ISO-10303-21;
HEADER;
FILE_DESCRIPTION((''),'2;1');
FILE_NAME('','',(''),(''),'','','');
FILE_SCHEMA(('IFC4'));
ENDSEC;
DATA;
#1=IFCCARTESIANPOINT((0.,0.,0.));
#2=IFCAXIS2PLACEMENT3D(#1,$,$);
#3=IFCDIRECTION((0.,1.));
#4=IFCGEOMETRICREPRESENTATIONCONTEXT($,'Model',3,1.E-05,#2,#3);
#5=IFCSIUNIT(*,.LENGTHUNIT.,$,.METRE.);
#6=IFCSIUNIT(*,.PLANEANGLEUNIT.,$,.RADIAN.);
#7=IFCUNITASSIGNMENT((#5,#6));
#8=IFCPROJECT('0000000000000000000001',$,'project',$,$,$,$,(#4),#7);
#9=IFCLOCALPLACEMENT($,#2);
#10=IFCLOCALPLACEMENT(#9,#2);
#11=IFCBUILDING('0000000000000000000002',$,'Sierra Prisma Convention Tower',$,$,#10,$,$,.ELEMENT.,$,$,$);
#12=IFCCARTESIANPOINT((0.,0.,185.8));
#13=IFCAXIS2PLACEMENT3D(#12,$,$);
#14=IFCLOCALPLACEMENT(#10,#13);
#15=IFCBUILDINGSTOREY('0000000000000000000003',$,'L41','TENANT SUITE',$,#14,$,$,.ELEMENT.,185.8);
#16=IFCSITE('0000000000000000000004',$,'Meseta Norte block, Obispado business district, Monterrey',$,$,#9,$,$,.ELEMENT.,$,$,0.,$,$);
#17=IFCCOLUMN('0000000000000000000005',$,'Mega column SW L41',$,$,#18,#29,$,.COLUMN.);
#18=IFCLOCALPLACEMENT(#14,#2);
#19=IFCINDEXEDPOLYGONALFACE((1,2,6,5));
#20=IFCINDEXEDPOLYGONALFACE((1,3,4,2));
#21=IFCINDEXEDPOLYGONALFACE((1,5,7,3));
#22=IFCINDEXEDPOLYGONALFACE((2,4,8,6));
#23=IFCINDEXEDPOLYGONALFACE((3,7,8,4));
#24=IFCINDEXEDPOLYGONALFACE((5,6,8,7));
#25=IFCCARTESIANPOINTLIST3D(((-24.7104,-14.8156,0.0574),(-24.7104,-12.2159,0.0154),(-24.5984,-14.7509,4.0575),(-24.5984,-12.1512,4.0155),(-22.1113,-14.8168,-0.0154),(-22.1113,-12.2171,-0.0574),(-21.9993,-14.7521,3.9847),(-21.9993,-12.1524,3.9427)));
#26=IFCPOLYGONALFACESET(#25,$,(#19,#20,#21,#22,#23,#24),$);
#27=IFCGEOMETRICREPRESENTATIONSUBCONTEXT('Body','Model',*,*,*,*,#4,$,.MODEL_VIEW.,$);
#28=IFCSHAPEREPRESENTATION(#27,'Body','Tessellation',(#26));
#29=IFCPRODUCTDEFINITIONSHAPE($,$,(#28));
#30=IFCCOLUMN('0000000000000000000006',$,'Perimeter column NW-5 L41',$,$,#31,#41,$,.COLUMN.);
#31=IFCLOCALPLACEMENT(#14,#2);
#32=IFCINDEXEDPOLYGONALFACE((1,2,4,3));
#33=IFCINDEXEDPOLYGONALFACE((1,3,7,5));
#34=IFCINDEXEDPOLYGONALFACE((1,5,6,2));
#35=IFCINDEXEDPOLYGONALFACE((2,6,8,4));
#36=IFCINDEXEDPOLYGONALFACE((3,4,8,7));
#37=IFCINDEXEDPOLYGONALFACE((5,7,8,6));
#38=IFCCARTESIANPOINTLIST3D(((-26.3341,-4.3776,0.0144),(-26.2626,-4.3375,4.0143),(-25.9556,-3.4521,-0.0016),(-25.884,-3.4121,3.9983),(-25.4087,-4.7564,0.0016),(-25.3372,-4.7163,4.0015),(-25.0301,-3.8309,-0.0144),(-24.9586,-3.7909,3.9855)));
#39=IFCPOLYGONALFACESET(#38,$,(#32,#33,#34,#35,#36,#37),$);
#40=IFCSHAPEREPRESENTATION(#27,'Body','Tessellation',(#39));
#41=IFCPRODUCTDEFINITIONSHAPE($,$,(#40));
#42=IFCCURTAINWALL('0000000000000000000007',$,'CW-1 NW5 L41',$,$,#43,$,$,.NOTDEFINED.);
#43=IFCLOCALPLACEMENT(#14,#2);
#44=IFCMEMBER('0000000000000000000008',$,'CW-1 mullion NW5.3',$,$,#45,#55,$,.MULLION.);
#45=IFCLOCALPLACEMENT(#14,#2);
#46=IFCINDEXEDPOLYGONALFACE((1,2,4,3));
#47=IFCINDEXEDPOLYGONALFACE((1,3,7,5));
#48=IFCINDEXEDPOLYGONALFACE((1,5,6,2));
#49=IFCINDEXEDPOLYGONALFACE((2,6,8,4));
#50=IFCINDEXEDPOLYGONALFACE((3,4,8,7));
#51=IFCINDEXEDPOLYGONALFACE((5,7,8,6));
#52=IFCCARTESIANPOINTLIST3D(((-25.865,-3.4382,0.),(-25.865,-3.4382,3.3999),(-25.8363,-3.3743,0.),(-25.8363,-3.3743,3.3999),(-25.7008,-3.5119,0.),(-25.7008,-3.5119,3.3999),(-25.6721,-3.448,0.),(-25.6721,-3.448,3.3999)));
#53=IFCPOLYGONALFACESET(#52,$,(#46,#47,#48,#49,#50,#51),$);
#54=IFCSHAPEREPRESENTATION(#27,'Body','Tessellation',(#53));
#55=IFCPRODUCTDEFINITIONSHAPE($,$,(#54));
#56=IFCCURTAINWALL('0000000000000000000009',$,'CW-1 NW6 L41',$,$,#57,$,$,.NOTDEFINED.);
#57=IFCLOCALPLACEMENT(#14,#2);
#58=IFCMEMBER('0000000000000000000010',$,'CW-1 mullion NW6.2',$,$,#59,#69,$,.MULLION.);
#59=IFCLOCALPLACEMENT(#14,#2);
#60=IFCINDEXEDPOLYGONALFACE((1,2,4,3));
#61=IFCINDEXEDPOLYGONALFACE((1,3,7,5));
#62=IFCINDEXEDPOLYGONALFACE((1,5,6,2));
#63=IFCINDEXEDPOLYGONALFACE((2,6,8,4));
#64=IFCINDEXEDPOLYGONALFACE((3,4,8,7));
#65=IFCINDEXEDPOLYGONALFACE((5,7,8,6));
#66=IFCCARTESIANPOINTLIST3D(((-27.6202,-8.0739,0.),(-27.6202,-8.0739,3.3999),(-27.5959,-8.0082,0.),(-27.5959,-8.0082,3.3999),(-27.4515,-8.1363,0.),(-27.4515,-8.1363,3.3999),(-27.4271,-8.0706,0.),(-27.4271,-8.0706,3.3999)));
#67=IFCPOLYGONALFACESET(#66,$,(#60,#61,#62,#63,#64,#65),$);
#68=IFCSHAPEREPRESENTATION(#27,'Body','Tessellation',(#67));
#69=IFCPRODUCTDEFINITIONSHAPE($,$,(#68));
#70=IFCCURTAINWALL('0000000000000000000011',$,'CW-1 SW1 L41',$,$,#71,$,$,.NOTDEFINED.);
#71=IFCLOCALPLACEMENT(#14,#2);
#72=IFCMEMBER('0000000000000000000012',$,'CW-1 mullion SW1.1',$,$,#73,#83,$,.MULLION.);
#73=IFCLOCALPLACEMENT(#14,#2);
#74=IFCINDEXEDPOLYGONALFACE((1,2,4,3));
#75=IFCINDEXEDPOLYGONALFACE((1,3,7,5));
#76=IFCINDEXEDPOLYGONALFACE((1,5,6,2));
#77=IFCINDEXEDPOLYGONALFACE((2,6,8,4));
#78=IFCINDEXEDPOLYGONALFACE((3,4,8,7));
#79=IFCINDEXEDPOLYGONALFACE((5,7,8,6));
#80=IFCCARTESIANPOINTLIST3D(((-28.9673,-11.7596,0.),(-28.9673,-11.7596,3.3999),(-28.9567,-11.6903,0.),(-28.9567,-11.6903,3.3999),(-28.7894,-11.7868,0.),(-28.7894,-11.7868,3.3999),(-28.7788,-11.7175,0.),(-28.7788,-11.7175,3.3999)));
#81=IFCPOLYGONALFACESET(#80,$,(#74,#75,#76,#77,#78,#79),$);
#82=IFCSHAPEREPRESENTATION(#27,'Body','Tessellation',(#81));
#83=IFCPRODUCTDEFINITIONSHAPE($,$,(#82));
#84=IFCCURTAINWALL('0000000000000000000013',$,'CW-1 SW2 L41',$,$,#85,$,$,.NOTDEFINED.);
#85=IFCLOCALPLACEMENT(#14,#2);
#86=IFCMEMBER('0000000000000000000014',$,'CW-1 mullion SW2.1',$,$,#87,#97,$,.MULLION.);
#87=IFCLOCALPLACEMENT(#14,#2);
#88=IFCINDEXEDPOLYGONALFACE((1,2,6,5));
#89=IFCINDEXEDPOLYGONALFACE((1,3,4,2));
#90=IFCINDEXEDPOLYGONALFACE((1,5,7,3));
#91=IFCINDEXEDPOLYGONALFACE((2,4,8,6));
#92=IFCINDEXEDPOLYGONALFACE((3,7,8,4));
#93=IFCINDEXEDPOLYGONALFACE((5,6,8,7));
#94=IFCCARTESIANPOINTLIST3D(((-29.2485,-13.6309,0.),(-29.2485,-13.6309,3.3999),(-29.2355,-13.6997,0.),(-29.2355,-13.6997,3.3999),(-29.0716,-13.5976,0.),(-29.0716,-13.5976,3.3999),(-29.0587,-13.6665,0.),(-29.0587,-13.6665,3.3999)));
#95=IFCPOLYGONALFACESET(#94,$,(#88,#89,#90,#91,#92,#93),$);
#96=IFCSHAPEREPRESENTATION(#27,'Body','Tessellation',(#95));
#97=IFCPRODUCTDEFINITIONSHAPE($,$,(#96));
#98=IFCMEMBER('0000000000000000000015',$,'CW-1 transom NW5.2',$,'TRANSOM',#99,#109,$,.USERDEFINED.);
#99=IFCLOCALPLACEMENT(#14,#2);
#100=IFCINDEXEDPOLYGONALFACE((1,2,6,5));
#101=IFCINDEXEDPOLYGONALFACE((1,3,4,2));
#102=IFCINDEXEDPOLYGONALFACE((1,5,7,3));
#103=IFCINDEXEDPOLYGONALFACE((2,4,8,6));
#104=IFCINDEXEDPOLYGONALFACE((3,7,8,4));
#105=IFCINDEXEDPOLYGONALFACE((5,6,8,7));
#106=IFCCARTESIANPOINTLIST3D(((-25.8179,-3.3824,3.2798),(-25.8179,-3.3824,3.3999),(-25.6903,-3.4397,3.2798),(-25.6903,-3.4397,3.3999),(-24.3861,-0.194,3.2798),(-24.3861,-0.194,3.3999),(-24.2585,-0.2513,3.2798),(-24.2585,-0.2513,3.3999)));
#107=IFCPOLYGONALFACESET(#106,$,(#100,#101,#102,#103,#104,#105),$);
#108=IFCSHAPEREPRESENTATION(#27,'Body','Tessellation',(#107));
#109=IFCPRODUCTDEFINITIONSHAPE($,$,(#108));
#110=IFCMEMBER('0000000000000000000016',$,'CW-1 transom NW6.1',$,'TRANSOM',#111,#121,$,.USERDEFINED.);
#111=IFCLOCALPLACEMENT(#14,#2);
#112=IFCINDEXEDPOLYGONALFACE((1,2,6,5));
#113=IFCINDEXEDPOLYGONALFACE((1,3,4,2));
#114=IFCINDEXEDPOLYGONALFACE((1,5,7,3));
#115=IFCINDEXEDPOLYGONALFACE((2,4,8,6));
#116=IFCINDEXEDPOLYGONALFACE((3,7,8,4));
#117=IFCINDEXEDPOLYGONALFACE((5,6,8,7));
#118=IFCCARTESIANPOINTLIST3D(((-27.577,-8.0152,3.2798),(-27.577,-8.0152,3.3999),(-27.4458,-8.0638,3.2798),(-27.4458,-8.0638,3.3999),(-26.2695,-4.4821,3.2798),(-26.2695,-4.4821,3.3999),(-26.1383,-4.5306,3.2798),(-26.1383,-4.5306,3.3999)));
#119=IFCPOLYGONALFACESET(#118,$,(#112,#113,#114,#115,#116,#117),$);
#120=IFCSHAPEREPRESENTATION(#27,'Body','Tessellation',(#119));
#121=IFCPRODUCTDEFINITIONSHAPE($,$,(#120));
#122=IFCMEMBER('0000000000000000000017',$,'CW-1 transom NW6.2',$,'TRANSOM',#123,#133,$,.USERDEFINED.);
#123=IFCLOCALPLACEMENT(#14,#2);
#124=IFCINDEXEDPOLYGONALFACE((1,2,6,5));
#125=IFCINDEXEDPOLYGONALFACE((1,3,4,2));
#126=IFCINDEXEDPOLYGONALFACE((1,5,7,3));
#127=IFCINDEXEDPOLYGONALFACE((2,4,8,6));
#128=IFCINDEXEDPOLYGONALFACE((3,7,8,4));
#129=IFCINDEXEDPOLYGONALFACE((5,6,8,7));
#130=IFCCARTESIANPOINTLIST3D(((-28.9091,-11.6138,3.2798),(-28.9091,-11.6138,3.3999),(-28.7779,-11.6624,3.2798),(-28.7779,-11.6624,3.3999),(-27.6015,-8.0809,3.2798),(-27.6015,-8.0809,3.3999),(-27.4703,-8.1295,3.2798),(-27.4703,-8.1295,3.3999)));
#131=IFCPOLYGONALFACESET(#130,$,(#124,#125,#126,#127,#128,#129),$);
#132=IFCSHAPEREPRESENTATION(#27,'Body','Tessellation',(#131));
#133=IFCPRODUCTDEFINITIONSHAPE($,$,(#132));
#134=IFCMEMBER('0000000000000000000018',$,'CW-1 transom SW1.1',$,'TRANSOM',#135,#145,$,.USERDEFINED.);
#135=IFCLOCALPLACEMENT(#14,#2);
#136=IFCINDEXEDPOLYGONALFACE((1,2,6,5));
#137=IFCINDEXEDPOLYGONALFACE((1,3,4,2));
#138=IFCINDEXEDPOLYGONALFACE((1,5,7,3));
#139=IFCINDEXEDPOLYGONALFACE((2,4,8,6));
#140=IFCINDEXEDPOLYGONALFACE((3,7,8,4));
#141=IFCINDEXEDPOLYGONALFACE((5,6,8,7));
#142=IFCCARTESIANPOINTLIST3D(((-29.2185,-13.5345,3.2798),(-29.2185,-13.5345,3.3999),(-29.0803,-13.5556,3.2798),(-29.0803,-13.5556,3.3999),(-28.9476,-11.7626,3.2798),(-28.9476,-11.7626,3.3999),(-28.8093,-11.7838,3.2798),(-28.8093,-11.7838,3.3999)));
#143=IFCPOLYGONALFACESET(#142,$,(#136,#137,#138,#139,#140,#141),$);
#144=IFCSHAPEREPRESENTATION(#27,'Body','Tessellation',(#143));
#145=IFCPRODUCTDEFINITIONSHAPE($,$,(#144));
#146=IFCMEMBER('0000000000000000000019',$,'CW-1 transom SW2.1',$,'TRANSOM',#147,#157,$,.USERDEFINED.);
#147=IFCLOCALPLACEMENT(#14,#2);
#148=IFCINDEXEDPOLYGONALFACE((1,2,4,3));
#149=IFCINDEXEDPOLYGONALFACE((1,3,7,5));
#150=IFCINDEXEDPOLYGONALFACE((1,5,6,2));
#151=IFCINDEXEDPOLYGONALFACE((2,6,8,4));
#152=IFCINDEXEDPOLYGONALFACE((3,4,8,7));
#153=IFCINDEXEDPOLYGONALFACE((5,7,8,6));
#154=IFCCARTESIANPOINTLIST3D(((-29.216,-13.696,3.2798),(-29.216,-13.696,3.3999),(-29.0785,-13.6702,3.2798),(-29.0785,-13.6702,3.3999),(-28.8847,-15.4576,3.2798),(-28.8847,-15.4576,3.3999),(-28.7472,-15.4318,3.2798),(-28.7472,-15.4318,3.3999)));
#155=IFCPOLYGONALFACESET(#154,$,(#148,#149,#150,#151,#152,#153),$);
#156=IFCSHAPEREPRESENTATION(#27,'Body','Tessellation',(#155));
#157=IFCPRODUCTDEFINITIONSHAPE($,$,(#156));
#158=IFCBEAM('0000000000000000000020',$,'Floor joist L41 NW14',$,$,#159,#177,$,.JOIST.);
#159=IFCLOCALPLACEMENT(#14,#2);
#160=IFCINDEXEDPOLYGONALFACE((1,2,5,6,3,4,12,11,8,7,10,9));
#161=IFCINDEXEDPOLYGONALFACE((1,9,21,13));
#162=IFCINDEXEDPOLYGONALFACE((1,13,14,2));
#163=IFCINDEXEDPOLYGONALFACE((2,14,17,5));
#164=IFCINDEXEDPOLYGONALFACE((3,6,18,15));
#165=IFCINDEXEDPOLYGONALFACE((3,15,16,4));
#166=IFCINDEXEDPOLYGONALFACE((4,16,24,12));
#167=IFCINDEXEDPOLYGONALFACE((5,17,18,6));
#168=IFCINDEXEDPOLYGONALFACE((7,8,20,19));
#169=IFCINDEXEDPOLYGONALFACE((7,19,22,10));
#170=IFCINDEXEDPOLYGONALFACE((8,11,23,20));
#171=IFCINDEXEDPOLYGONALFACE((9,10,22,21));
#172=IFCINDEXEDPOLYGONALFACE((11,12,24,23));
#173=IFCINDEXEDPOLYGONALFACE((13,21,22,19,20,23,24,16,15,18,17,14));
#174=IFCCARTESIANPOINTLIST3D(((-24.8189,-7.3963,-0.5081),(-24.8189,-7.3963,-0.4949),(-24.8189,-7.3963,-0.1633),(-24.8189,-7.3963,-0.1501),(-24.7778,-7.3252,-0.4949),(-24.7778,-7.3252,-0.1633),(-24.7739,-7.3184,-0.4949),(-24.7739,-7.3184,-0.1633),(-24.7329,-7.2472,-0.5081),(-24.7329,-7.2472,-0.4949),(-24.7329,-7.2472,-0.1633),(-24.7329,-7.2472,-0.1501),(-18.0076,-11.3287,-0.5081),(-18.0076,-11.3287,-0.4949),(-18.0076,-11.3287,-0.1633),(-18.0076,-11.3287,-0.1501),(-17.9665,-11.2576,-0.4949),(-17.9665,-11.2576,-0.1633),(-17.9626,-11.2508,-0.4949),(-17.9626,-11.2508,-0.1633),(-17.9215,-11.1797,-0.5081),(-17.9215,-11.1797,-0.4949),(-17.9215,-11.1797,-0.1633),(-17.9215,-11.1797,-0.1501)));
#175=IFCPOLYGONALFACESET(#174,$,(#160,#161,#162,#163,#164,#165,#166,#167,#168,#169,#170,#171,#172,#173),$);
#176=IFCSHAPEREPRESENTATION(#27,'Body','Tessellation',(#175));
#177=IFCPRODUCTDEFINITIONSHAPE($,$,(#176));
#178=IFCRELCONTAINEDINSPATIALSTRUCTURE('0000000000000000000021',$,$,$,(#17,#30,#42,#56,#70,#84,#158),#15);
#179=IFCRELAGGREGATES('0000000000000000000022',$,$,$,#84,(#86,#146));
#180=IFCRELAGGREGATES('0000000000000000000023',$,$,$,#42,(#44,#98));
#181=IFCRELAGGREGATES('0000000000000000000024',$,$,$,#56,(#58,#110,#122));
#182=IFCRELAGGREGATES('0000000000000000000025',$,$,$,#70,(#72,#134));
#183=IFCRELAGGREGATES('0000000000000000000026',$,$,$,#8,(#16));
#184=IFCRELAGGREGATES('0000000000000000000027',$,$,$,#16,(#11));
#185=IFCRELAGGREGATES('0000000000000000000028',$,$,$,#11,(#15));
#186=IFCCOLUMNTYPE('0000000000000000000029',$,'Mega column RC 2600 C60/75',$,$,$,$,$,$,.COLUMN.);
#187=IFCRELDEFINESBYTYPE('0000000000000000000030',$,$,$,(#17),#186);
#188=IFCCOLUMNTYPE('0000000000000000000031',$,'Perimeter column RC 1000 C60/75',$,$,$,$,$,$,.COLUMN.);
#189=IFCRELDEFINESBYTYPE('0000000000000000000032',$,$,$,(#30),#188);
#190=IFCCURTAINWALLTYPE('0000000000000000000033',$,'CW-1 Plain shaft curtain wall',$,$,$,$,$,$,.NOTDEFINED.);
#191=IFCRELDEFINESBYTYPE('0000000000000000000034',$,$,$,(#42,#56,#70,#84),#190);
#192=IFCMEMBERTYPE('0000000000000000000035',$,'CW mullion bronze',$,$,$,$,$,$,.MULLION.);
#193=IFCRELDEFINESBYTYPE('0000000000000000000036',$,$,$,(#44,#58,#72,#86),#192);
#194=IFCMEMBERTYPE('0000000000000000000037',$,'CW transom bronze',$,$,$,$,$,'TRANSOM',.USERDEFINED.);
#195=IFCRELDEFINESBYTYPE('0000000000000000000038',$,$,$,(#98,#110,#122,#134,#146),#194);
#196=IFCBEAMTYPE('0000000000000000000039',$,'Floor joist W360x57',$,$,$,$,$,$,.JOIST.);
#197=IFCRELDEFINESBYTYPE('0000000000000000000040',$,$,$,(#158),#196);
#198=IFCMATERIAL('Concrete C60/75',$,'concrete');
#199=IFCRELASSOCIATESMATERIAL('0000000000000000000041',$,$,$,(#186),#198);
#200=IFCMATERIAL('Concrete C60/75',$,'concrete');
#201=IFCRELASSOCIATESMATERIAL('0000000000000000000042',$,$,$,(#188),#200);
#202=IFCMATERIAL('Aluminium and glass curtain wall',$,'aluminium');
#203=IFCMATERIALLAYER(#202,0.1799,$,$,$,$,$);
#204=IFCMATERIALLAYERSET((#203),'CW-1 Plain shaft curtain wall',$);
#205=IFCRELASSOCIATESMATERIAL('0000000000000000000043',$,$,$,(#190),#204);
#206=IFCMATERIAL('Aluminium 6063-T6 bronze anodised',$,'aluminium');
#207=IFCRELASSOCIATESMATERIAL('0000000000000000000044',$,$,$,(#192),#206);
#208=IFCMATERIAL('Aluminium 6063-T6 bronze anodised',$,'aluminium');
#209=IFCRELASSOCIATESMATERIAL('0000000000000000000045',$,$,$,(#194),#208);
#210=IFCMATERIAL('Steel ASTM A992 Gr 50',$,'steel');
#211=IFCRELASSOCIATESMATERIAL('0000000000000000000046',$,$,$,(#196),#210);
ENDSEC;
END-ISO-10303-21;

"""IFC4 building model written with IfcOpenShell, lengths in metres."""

from ifc_helpers import new_model, si_unit, direction, frame, origin, origin_2d, place, context, subcontext, project, spatial, rectangle, i_section, extrude, material, layer, layer_set, material_profile, profile_set, type_object, element, aggregate, save


model = new_model("IFC4")

# Units and contexts
model_context = context("Model", 3, precision=1e-05, world=origin(), true_north=direction((0.0, 1.0)))
body_context = subcontext(model_context, "Body", "Model", "MODEL_VIEW")
ifc_project = project(units=[si_unit("LENGTHUNIT", "METRE"), si_unit("PLANEANGLEUNIT", "RADIAN")], contexts=[model_context])

# Site, building, storey
site_placement = place(None, origin())
site = spatial("IfcSite", under=ifc_project, at=site_placement, Name="Meseta Norte block, Obispado business district, Monterrey", CompositionType="ELEMENT", RefElevation=0.0)
building_placement = place(site_placement, origin())
building = spatial("IfcBuilding", under=site, at=building_placement, Name="Sierra Prisma Convention Tower", CompositionType="ELEMENT")
storey_placement = place(building_placement, frame((0.0, 0.0, 185.8)))
storey = spatial("IfcBuildingStorey", under=building, at=storey_placement, Name="L41", Description="TENANT SUITE", CompositionType="ELEMENT", Elevation=185.8)

# Columns
ifc_material_1 = material(Name="Concrete C60/75", Category="concrete")
ifc_material_profile_1 = material_profile(ifc_material_1, rectangle(XDim=2.6001, YDim=2.6001, at=origin_2d()), Name="Mega column RC 2600 C60/75")
ifc_profile_set_1 = profile_set([ifc_material_profile_1], Name="Concrete C60/75")
column_type_1 = type_object("IfcColumnType", Name="Mega column RC 2600 C60/75", PredefinedType="COLUMN", material=ifc_profile_set_1)
column_1_placement = place(storey_placement, frame((-23.4109, -13.5164, 0.0), z_axis=(0.028, 0.016166, 0.999477), x_axis=(0.999608, -0.000453, -0.027997)))
element("IfcColumn", 1, at=column_1_placement, inside=storey, type_object=column_type_1, Name="Mega column SW L41", PredefinedType="COLUMN", context=body_context, shape_type="SweptSolid", body=[
    extrude(rectangle(XDim=2.6001, YDim=2.6001, at=origin_2d()), origin(), (0.0, 0.0, 1.0), 4.0022),
])
ifc_material_2 = material(Name="Concrete C60/75", Category="concrete")
ifc_material_profile_2 = material_profile(ifc_material_2, rectangle(XDim=1.0, YDim=1.0, at=origin_2d()), Name="Perimeter column RC 1000 C60/75")
ifc_profile_set_2 = profile_set([ifc_material_profile_2], Name="Concrete C60/75")
column_type_2 = type_object("IfcColumnType", Name="Perimeter column RC 1000 C60/75", PredefinedType="COLUMN", material=ifc_profile_set_2)
column_2_placement = place(storey_placement, frame((-25.6821, -4.1042, 0.0), z_axis=(0.01788, 0.010008, 0.99979), x_axis=(0.378559, 0.925438, -0.016033)))
element("IfcColumn", 2, at=column_2_placement, inside=storey, type_object=column_type_2, Name="Perimeter column NW-5 L41", PredefinedType="COLUMN", context=body_context, shape_type="SweptSolid", body=[
    extrude(rectangle(XDim=1.0, YDim=1.0, at=origin_2d()), origin(), (0.0, 0.0, 1.0), 4.0007),
])

# Curtain walls, members
ifc_material_3 = material(Name="Aluminium and glass curtain wall", Category="aluminium")
ifc_layer_1 = layer(ifc_material_3, 0.1799)
ifc_layer_set_1 = layer_set([ifc_layer_1], Name="CW-1 Plain shaft curtain wall")
curtain_wall_type = type_object("IfcCurtainWallType", Name="CW-1 Plain shaft curtain wall", PredefinedType="NOTDEFINED", material=ifc_layer_set_1)
curtain_wall_1_placement = place(storey_placement, origin())
curtain_wall_1 = element("IfcCurtainWall", 3, at=curtain_wall_1_placement, inside=storey, type_object=curtain_wall_type, Name="CW-1 NW5 L41", PredefinedType="NOTDEFINED")
ifc_material_4 = material(Name="Aluminium 6063-T6 bronze anodised", Category="aluminium")
ifc_material_profile_3 = material_profile(ifc_material_4, rectangle(XDim=0.1799, YDim=0.0701, at=origin_2d()), Name="ALU MULLION 70x180")
ifc_profile_set_3 = profile_set([ifc_material_profile_3], Name="Aluminium 6063-T6 bronze anodised")
member_type_1 = type_object("IfcMemberType", Name="CW mullion bronze", PredefinedType="MULLION", material=ifc_profile_set_3)
member_1_placement = place(storey_placement, frame((-25.7686, -3.4431, 0.0), z_axis=(0.0, 0.0, 1.0), x_axis=(0.912219, -0.409703, 0.0)))
member_1 = element("IfcMember", 4, at=member_1_placement, type_object=member_type_1, Name="CW-1 mullion NW5.3", PredefinedType="MULLION", context=body_context, shape_type="SweptSolid", body=[
    extrude(rectangle(XDim=0.1799, YDim=0.0701, at=origin_2d()), origin(), (0.0, 0.0, 1.0), 3.3999),
])
curtain_wall_2_placement = place(storey_placement, origin())
curtain_wall_2 = element("IfcCurtainWall", 5, at=curtain_wall_2_placement, inside=storey, type_object=curtain_wall_type, Name="CW-1 NW6 L41", PredefinedType="NOTDEFINED")
member_2_placement = place(storey_placement, frame((-27.5237, -8.0723, 0.0), z_axis=(0.0, 0.0, 1.0), x_axis=(0.937827, -0.347104, 0.0)))
member_2 = element("IfcMember", 6, at=member_2_placement, type_object=member_type_1, Name="CW-1 mullion NW6.2", PredefinedType="MULLION", context=body_context, shape_type="SweptSolid", body=[
    extrude(rectangle(XDim=0.1799, YDim=0.0701, at=origin_2d()), origin(), (0.0, 0.0, 1.0), 3.3999),
])
curtain_wall_3_placement = place(storey_placement, origin())
curtain_wall_3 = element("IfcCurtainWall", 7, at=curtain_wall_3_placement, inside=storey, type_object=curtain_wall_type, Name="CW-1 SW1 L41", PredefinedType="NOTDEFINED")
member_3_placement = place(storey_placement, frame((-28.873, -11.7385, 0.0), z_axis=(0.0, 0.0, 1.0), x_axis=(0.9885, -0.151224, 0.0)))
member_3 = element("IfcMember", 8, at=member_3_placement, type_object=member_type_1, Name="CW-1 mullion SW1.1", PredefinedType="MULLION", context=body_context, shape_type="SweptSolid", body=[
    extrude(rectangle(XDim=0.1799, YDim=0.0701, at=origin_2d()), origin(), (0.0, 0.0, 1.0), 3.3999),
])
curtain_wall_4_placement = place(storey_placement, origin())
curtain_wall_4 = element("IfcCurtainWall", 9, at=curtain_wall_4_placement, inside=storey, type_object=curtain_wall_type, Name="CW-1 SW2 L41", PredefinedType="NOTDEFINED")
member_4_placement = place(storey_placement, frame((-29.1536, -13.6487, 0.0), z_axis=(0.0, 0.0, 1.0), x_axis=(0.982771, 0.184827, 0.0)))
member_4 = element("IfcMember", 10, at=member_4_placement, type_object=member_type_1, Name="CW-1 mullion SW2.1", PredefinedType="MULLION", context=body_context, shape_type="SweptSolid", body=[
    extrude(rectangle(XDim=0.1799, YDim=0.0701, at=origin_2d()), origin(), (0.0, 0.0, 1.0), 3.3999),
])

# Members
ifc_material_5 = material(Name="Aluminium 6063-T6 bronze anodised", Category="aluminium")
ifc_material_profile_4 = material_profile(ifc_material_5, rectangle(XDim=0.1399, YDim=0.1201, at=origin_2d()), Name="ALU TRANSOM 120x140")
ifc_profile_set_4 = profile_set([ifc_material_profile_4], Name="Aluminium 6063-T6 bronze anodised")
member_type_2 = type_object("IfcMemberType", Name="CW transom bronze", ElementType="TRANSOM", PredefinedType="USERDEFINED", material=ifc_profile_set_4)
member_5_placement = place(storey_placement, frame((-24.3223, -0.2227, 3.3398), z_axis=(-0.409668, -0.912235, 0.0), x_axis=(0.912235, -0.409668, 0.0)))
member_5 = element("IfcMember", 11, at=member_5_placement, type_object=member_type_2, Name="CW-1 transom NW5.2", ObjectType="TRANSOM", PredefinedType="USERDEFINED", context=body_context, shape_type="SweptSolid", body=[
    extrude(rectangle(XDim=0.1399, YDim=0.1201, at=origin_2d()), origin(), (0.0, 0.0, 1.0), 3.4951),
])
member_6_placement = place(storey_placement, frame((-26.2039, -4.5063, 3.3398), z_axis=(-0.347086, -0.937833, 0.0), x_axis=(0.937833, -0.347086, 0.0)))
member_6 = element("IfcMember", 12, at=member_6_placement, type_object=member_type_2, Name="CW-1 transom NW6.1", ObjectType="TRANSOM", PredefinedType="USERDEFINED", context=body_context, shape_type="SweptSolid", body=[
    extrude(rectangle(XDim=0.1399, YDim=0.1201, at=origin_2d()), origin(), (0.0, 0.0, 1.0), 3.7673),
])
member_7_placement = place(storey_placement, frame((-27.5359, -8.1052, 3.3398), z_axis=(-0.347107, -0.937825, 0.0), x_axis=(0.937825, -0.347107, 0.0)))
member_7 = element("IfcMember", 13, at=member_7_placement, type_object=member_type_2, Name="CW-1 transom NW6.2", ObjectType="TRANSOM", PredefinedType="USERDEFINED", context=body_context, shape_type="SweptSolid", body=[
    extrude(rectangle(XDim=0.1399, YDim=0.1201, at=origin_2d()), origin(), (0.0, 0.0, 1.0), 3.7671),
])
member_8_placement = place(storey_placement, frame((-28.8784, -11.7732, 3.3398), z_axis=(-0.151177, -0.988507, 0.0), x_axis=(0.988507, -0.151177, 0.0)))
member_8 = element("IfcMember", 14, at=member_8_placement, type_object=member_type_2, Name="CW-1 transom SW1.1", ObjectType="TRANSOM", PredefinedType="USERDEFINED", context=body_context, shape_type="SweptSolid", body=[
    extrude(rectangle(XDim=0.1399, YDim=0.1201, at=origin_2d()), origin(), (0.0, 0.0, 1.0), 1.7925),
])
member_9_placement = place(storey_placement, frame((-29.1472, -13.6831, 3.3398), z_axis=(0.184815, -0.982773, 0.0), x_axis=(0.982773, 0.184815, 0.0)))
member_9 = element("IfcMember", 15, at=member_9_placement, type_object=member_type_2, Name="CW-1 transom SW2.1", ObjectType="TRANSOM", PredefinedType="USERDEFINED", context=body_context, shape_type="SweptSolid", body=[
    extrude(rectangle(XDim=0.1399, YDim=0.1201, at=origin_2d()), origin(), (0.0, 0.0, 1.0), 1.7925),
])
aggregate(curtain_wall_4, [member_4, member_9])

# Beam
ifc_material_6 = material(Name="Steel ASTM A992 Gr 50", Category="steel")
ifc_material_profile_5 = material_profile(ifc_material_6, i_section(OverallWidth=0.1721, OverallDepth=0.3579, WebThickness=0.0078, FlangeThickness=0.0132, at=origin_2d()), Name="W360x57")
ifc_profile_set_5 = profile_set([ifc_material_profile_5], Name="Steel ASTM A992 Gr 50")
beam_type_1 = type_object("IfcBeamType", Name="Floor joist W360x57", PredefinedType="JOIST", material=ifc_profile_set_5)
beam_1_placement = place(storey_placement, frame((-24.7759, -7.3218, -0.3291), z_axis=(0.866032, -0.499988, 0.0), x_axis=(0.499988, 0.866032, 0.0)))
element("IfcBeam", 16, at=beam_1_placement, inside=storey, type_object=beam_type_1, Name="Floor joist L41 NW14", PredefinedType="JOIST", context=body_context, shape_type="SweptSolid", body=[
    extrude(i_section(OverallWidth=0.1721, OverallDepth=0.3579, WebThickness=0.0078, FlangeThickness=0.0132, at=origin_2d()), origin(), (0.0, 0.0, 1.0), 7.865),
])

aggregate(curtain_wall_1, [member_1, member_5])
aggregate(curtain_wall_2, [member_2, member_6, member_7])
aggregate(curtain_wall_3, [member_3, member_8])

save(model, "model.ifc")
